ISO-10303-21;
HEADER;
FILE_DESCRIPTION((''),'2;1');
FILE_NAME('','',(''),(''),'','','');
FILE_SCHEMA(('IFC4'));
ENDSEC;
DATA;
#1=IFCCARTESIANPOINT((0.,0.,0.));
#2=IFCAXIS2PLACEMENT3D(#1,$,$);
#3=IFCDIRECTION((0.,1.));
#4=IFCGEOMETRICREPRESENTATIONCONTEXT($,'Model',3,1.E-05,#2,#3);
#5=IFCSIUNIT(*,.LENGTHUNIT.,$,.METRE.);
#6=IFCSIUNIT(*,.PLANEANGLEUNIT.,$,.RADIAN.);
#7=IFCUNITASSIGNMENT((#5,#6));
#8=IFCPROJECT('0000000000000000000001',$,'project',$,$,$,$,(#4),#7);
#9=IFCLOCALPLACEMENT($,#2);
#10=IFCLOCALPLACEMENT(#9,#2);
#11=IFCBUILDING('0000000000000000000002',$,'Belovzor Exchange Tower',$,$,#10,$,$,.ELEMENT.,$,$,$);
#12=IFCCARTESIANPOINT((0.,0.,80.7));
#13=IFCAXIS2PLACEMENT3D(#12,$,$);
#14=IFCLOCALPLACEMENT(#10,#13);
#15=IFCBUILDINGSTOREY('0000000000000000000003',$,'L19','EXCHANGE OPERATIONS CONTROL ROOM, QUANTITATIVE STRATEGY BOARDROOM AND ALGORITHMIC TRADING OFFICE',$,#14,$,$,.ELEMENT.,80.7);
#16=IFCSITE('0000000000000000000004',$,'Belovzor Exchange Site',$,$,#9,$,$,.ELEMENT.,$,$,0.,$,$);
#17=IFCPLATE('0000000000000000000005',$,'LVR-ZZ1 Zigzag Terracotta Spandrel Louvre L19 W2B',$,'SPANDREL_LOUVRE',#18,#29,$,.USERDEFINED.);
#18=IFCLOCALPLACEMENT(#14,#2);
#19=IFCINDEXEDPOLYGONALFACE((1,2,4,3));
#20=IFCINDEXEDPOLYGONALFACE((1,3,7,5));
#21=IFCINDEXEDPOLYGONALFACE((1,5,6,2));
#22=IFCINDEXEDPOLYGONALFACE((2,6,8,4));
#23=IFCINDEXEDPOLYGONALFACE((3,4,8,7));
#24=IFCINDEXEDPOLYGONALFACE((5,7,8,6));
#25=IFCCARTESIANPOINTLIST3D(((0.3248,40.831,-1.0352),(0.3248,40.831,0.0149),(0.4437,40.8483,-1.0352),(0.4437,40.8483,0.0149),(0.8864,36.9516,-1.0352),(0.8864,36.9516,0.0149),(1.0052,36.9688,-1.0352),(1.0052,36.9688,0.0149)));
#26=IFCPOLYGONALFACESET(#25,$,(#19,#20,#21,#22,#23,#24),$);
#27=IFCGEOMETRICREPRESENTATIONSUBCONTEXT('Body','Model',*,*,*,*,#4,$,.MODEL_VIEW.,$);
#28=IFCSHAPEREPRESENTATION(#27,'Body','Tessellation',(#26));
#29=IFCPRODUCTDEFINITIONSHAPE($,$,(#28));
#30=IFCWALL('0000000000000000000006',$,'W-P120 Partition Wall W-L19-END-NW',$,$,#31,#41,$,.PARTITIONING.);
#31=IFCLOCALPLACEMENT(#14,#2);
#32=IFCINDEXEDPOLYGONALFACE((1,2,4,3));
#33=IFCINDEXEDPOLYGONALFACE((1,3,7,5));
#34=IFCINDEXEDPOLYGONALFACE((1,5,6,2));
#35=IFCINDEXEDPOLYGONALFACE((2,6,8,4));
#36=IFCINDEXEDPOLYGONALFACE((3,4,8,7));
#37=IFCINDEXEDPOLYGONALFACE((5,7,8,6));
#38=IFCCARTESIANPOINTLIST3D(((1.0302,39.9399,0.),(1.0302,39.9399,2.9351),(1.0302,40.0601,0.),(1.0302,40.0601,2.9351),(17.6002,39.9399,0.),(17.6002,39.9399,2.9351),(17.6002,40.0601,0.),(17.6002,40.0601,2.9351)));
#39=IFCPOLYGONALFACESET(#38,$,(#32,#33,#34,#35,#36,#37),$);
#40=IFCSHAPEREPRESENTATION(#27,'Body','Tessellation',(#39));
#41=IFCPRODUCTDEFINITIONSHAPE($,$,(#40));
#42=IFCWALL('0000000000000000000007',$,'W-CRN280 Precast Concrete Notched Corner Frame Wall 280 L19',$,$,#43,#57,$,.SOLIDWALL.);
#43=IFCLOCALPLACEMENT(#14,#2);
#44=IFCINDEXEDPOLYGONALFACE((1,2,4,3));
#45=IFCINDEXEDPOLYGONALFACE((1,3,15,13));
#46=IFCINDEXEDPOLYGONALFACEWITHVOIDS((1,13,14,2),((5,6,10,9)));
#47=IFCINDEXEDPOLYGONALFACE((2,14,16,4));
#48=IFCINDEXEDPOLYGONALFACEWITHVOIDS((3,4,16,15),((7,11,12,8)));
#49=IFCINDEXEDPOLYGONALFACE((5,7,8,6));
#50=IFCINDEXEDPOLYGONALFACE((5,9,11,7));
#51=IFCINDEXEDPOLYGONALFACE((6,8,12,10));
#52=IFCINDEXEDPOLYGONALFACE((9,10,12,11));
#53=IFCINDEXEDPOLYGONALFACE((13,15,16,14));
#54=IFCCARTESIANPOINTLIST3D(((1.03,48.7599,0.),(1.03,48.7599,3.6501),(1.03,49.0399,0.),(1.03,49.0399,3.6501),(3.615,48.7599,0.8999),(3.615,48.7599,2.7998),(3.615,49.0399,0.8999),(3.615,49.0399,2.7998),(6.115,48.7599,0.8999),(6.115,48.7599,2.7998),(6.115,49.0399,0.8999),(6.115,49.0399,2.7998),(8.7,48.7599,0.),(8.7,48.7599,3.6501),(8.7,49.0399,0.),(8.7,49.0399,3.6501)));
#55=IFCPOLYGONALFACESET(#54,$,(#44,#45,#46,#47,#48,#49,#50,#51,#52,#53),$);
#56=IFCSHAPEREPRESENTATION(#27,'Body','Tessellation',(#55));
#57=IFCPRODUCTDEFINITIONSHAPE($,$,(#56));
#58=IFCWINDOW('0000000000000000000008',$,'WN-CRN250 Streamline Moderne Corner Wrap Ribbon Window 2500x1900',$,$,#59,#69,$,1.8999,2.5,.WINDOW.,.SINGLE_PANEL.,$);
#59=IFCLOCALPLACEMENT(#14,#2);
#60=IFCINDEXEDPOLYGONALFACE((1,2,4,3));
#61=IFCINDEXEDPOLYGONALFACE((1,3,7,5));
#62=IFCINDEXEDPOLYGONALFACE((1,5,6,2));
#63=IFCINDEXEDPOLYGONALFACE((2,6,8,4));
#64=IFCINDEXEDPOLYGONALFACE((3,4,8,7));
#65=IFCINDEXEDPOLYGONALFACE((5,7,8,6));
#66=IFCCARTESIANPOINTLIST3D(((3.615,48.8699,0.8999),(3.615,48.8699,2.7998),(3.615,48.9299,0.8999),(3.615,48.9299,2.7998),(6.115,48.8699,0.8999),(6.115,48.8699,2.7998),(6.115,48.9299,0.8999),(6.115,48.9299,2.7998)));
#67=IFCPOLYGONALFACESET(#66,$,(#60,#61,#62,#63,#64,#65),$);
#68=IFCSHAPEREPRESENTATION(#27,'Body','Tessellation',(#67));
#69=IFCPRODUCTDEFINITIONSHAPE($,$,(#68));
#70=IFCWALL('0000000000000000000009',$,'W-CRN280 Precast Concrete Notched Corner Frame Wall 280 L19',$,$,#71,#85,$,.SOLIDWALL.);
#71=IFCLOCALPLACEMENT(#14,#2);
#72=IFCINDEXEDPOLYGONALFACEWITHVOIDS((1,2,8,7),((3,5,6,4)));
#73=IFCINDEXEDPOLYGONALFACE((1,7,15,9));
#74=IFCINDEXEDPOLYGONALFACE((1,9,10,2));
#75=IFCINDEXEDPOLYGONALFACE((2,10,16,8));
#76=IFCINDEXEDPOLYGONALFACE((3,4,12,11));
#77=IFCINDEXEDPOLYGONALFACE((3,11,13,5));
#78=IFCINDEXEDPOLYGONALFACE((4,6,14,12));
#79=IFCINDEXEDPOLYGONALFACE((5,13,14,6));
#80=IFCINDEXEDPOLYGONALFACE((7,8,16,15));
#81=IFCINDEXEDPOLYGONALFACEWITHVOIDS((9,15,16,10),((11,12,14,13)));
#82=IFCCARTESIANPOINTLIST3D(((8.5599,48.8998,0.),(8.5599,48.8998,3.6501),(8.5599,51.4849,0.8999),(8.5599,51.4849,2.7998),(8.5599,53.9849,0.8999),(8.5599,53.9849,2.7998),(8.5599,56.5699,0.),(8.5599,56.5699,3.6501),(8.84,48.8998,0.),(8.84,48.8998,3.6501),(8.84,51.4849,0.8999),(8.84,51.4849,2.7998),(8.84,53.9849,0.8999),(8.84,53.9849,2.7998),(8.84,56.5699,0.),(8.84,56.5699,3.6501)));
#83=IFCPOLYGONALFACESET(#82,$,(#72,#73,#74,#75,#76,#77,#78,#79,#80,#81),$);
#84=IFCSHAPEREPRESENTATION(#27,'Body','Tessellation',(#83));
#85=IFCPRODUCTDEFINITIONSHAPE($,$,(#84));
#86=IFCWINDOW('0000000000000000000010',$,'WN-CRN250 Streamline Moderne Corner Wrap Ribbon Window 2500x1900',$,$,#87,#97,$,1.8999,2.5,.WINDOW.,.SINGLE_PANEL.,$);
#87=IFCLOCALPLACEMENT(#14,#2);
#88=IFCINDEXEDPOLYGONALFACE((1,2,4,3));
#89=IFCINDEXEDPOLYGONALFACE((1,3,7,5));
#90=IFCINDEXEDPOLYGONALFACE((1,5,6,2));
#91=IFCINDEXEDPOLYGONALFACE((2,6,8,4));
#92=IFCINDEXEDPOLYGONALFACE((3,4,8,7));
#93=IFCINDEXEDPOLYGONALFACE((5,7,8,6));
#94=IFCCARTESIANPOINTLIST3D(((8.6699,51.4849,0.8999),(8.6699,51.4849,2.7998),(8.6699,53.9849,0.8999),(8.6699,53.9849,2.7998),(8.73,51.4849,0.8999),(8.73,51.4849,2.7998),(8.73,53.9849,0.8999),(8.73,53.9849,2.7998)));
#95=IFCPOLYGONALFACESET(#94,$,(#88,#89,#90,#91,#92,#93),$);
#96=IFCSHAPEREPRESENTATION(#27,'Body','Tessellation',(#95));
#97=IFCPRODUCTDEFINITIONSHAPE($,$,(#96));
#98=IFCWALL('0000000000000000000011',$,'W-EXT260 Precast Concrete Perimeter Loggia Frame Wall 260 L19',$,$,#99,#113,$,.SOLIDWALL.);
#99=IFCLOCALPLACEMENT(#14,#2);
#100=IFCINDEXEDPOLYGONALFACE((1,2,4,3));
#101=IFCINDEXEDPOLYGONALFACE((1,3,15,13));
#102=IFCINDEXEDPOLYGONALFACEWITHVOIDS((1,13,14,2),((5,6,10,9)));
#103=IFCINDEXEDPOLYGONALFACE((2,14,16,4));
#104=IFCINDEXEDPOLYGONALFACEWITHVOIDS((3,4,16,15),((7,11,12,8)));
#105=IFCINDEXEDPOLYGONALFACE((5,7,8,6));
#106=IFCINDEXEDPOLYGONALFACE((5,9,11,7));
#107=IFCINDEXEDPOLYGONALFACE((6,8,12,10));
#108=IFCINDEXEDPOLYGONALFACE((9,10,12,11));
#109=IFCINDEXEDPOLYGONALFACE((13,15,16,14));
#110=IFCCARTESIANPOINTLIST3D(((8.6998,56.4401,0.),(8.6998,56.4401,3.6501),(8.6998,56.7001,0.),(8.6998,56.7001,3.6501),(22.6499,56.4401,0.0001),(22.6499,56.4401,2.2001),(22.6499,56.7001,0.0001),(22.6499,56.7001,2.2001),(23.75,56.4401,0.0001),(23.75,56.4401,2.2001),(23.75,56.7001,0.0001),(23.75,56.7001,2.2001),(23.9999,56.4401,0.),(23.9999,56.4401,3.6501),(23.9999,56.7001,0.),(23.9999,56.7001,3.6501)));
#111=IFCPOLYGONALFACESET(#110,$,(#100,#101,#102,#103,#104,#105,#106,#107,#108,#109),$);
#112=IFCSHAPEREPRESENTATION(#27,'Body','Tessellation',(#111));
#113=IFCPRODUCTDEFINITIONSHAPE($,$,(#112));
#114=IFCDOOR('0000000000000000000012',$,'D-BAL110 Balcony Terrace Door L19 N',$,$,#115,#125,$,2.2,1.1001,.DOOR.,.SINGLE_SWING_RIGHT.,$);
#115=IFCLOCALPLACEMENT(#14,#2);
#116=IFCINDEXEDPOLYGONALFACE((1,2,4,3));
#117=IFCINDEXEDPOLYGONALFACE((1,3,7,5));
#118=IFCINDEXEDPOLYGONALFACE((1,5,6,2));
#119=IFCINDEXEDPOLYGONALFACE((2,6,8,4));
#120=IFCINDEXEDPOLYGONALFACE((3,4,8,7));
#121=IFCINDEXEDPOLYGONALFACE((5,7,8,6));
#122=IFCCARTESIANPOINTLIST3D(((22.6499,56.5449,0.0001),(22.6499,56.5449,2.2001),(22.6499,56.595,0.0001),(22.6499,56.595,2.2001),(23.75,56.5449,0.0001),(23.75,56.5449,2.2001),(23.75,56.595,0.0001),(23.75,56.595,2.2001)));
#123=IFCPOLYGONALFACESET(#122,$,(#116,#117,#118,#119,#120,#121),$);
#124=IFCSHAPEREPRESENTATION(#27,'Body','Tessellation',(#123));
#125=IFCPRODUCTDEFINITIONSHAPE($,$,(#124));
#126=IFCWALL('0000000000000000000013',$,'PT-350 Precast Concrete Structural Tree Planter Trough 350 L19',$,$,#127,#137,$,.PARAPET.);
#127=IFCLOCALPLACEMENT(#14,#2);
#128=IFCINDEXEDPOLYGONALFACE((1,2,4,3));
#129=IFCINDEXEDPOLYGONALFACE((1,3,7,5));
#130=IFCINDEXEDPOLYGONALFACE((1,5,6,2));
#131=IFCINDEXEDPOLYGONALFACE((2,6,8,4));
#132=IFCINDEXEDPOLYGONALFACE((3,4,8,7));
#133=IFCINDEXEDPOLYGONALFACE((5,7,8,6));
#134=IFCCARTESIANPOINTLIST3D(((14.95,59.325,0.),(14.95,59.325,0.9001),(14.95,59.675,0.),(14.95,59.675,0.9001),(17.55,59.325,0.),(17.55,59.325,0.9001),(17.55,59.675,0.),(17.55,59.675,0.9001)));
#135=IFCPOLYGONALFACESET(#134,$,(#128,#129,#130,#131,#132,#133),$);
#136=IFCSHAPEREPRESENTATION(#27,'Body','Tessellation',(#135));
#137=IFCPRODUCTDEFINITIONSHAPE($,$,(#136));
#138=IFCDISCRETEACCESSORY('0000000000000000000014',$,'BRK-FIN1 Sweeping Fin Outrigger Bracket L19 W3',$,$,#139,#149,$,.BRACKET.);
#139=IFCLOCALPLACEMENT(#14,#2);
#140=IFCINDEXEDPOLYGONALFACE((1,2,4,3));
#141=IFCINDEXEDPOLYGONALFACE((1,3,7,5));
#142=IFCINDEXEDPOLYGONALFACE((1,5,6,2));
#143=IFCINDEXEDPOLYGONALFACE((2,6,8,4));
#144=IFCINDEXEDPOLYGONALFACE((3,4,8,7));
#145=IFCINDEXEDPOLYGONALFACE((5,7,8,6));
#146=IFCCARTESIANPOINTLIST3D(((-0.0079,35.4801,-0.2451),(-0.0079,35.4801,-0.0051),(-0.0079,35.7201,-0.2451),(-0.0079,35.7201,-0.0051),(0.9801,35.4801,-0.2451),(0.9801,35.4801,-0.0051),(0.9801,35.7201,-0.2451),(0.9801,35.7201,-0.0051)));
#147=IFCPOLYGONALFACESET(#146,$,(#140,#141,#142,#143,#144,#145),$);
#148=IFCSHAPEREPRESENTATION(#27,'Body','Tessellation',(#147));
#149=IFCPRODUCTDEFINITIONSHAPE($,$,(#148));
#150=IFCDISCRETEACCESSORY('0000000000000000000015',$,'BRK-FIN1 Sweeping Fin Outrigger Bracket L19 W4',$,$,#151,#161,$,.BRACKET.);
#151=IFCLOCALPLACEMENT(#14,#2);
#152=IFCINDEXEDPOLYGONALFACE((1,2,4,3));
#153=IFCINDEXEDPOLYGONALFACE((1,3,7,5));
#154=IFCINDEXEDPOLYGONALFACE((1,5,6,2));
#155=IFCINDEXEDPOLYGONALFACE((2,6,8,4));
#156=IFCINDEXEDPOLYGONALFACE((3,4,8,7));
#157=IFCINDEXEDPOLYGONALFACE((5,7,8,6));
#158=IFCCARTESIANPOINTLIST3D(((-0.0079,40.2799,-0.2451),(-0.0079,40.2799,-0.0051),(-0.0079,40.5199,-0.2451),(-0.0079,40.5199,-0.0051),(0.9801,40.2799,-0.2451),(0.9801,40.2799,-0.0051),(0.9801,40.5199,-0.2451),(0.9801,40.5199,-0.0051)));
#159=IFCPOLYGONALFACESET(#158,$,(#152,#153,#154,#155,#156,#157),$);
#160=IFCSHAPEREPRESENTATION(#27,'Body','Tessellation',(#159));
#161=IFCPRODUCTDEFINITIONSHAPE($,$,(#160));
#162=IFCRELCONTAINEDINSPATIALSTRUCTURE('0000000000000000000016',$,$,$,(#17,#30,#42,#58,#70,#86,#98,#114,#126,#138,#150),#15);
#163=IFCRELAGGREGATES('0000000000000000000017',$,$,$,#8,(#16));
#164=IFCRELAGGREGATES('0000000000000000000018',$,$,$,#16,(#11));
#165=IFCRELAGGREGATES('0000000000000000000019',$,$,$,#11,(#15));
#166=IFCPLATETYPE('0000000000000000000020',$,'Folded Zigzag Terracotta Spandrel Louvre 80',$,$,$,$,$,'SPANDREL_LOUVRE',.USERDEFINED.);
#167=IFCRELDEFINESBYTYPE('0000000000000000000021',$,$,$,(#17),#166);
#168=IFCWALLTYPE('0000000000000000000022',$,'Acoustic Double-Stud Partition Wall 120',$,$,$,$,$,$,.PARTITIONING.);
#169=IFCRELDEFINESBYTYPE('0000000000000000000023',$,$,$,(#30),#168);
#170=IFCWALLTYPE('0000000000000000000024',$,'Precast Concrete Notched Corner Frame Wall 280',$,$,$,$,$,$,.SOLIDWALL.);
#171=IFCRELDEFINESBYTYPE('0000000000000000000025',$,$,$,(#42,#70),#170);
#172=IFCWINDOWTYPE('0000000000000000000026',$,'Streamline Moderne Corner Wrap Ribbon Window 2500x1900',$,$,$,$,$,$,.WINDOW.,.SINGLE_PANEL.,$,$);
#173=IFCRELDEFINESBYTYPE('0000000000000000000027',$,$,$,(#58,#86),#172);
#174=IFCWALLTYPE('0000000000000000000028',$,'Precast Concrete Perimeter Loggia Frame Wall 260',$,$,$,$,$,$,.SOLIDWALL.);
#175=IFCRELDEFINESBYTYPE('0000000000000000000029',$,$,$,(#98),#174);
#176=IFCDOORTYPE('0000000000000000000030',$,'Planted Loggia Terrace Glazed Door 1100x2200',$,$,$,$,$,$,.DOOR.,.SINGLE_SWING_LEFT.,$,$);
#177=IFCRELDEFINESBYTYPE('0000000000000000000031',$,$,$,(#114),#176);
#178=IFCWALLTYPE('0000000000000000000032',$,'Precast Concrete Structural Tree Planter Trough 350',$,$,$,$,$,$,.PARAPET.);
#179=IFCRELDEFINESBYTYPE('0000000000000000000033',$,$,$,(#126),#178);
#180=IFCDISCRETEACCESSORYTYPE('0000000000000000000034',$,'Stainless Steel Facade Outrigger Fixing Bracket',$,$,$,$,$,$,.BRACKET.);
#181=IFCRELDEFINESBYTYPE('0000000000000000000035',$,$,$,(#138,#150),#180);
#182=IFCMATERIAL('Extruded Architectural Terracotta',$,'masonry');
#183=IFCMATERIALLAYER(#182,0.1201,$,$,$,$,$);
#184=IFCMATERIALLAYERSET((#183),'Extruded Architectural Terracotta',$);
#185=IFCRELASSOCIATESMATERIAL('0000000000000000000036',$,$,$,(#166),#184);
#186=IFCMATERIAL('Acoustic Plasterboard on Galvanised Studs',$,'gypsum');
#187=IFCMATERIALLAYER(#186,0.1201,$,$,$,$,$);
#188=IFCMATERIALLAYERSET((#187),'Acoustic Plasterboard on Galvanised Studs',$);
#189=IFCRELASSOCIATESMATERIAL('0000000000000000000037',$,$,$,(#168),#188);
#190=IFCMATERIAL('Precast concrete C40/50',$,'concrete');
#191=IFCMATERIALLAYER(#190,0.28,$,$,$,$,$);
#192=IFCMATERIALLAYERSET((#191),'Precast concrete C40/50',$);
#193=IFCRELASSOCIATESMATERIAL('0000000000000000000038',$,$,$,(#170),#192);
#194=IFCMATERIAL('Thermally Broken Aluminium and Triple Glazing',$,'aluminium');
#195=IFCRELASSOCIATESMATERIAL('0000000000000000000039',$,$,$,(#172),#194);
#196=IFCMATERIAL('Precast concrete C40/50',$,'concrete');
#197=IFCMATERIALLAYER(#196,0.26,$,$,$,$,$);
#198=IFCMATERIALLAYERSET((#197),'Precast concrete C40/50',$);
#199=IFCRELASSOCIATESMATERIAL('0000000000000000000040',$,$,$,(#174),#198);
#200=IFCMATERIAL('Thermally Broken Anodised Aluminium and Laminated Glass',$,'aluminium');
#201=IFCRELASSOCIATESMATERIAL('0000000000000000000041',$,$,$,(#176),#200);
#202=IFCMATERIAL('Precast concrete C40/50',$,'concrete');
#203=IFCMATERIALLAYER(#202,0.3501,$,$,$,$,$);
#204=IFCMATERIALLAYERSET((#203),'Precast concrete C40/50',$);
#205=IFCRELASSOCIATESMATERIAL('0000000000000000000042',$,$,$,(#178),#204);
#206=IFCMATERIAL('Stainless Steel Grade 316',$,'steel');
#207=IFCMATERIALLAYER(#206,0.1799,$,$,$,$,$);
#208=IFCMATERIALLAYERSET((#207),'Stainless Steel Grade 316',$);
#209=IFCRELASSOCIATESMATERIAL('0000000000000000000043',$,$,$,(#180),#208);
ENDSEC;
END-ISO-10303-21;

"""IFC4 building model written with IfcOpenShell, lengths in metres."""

from ifc_helpers import new_model, si_unit, direction, frame, frame_2d, origin, origin_2d, place, context, subcontext, project, spatial, rectangle, extrude, material, layer, layer_set, type_object, element, fill, save


model = new_model("IFC4")

# Units and contexts
model_context = context("Model", 3, precision=1e-05, world=origin(), true_north=direction((0.0, 1.0)))
body_context = subcontext(model_context, "Body", "Model", "MODEL_VIEW")
ifc_project = project(units=[si_unit("LENGTHUNIT", "METRE"), si_unit("PLANEANGLEUNIT", "RADIAN")], contexts=[model_context])

# Site, building, storey
site_placement = place(None, origin())
site = spatial("IfcSite", under=ifc_project, at=site_placement, Name="Belovzor Exchange Site", CompositionType="ELEMENT", RefElevation=0.0)
building_placement = place(site_placement, origin())
building = spatial("IfcBuilding", under=site, at=building_placement, Name="Belovzor Exchange Tower", CompositionType="ELEMENT")
storey_placement = place(building_placement, frame((0.0, 0.0, 80.7)))
storey = spatial("IfcBuildingStorey", under=building, at=storey_placement, Name="L19", Description="EXCHANGE OPERATIONS CONTROL ROOM, QUANTITATIVE STRATEGY BOARDROOM AND ALGORITHMIC TRADING OFFICE", CompositionType="ELEMENT", Elevation=80.7)

# Plate
ifc_material_1 = material(Name="Extruded Architectural Terracotta", Category="masonry")
ifc_layer_1 = layer(ifc_material_1, 0.1201)
ifc_layer_set_1 = layer_set([ifc_layer_1], Name="Extruded Architectural Terracotta")
plate_type = type_object("IfcPlateType", Name="Folded Zigzag Terracotta Spandrel Louvre 80", ElementType="SPANDREL_LOUVRE", PredefinedType="USERDEFINED", material=ifc_layer_set_1)
for number, where, z_axis, x_axis, name in (
    (1, (0.665, 38.8999, -1.0352), (0.0, 0.0, 1.0), (-0.143251, 0.989686, 0.0), "LVR-ZZ1 Zigzag Terracotta Spandrel Louvre L19 W2B"),
):
    element("IfcPlate", number, at=place(storey_placement, frame(where, z_axis=z_axis, x_axis=x_axis)), inside=storey, type_object=plate_type, Name=name, ObjectType="SPANDREL_LOUVRE", PredefinedType="USERDEFINED", context=body_context, shape_type="SweptSolid", body=[
        extrude(rectangle(XDim=3.9199, YDim=0.1201, at=origin_2d()), origin(), (0.0, 0.0, 1.0), 1.05),
    ])

# Wall
ifc_material_2 = material(Name="Acoustic Plasterboard on Galvanised Studs", Category="gypsum")
ifc_layer_2 = layer(ifc_material_2, 0.1201)
ifc_layer_set_2 = layer_set([ifc_layer_2], Name="Acoustic Plasterboard on Galvanised Studs")
wall_type_1 = type_object("IfcWallType", Name="Acoustic Double-Stud Partition Wall 120", PredefinedType="PARTITIONING", material=ifc_layer_set_2)
wall_1_placement = place(storey_placement, frame((1.03, 40.0, 0.0), z_axis=(0.0, 0.0, 1.0), x_axis=(1.0, 0.0, 0.0)))
element("IfcWall", 2, at=wall_1_placement, inside=storey, type_object=wall_type_1, Name="W-P120 Partition Wall W-L19-END-NW", PredefinedType="PARTITIONING", context=body_context, shape_type="SweptSolid", body=[
    extrude(rectangle(XDim=16.5701, YDim=0.1201, at=frame_2d((8.2852, 0.0))), origin(), (0.0, 0.0, 1.0), 2.9351),
])

# Walls, openings, windows
ifc_material_3 = material(Name="Precast concrete C40/50", Category="concrete")
ifc_layer_3 = layer(ifc_material_3, 0.28)
ifc_layer_set_3 = layer_set([ifc_layer_3], Name="Precast concrete C40/50")
wall_type_2 = type_object("IfcWallType", Name="Precast Concrete Notched Corner Frame Wall 280", PredefinedType="SOLIDWALL", material=ifc_layer_set_3)
wall_2_placement = place(storey_placement, frame((1.03, 48.8999, 0.0), z_axis=(0.0, 0.0, 1.0), x_axis=(1.0, 0.0, 0.0)))
wall_2 = element("IfcWall", 3, at=wall_2_placement, inside=storey, type_object=wall_type_2, Name="W-CRN280 Precast Concrete Notched Corner Frame Wall 280 L19", PredefinedType="SOLIDWALL", context=body_context, shape_type="SweptSolid", body=[
    extrude(rectangle(XDim=7.6699, YDim=0.28, at=frame_2d((3.835, 0.0))), origin(), (0.0, 0.0, 1.0), 3.6501),
])
opening_1_placement = place(wall_2_placement, frame((2.585, 0.0, 0.8999)))
opening_1 = element("IfcOpeningElement", 4, at=opening_1_placement, cuts=wall_2, PredefinedType="OPENING", context=body_context, shape_type="SweptSolid", body=[
    extrude(rectangle(XDim=2.5, YDim=1.8999, at=frame_2d((1.25, 0.95))), frame((0.0, 0.1499, 0.0), z_axis=(0.0, -1.0, 0.0), x_axis=(1.0, 0.0, 0.0)), (0.0, 0.0, 1.0), 0.3),
])
ifc_material_4 = material(Name="Thermally Broken Aluminium and Triple Glazing", Category="aluminium")
window_type = type_object("IfcWindowType", Name="Streamline Moderne Corner Wrap Ribbon Window 2500x1900", PartitioningType="SINGLE_PANEL", PredefinedType="WINDOW", material=ifc_material_4)
window_1_placement = place(opening_1_placement, origin())
window_1 = element("IfcWindow", 5, at=window_1_placement, inside=storey, type_object=window_type, Name="WN-CRN250 Streamline Moderne Corner Wrap Ribbon Window 2500x1900", OverallHeight=1.8999, OverallWidth=2.5, PartitioningType="SINGLE_PANEL", PredefinedType="WINDOW", context=body_context, shape_type="SweptSolid", body=[
    extrude(rectangle(XDim=2.5, YDim=1.8999, at=frame_2d((1.25, 0.95))), frame((0.0, 0.03, 0.0), z_axis=(0.0, -1.0, 0.0), x_axis=(1.0, 0.0, 0.0)), (0.0, 0.0, 1.0), 0.0601),
])
fill(opening_1, window_1)
wall_3_placement = place(storey_placement, frame((8.7, 48.8999, 0.0), z_axis=(0.0, 0.0, 1.0), x_axis=(0.0, 1.0, 0.0)))
wall_3 = element("IfcWall", 6, at=wall_3_placement, inside=storey, type_object=wall_type_2, Name="W-CRN280 Precast Concrete Notched Corner Frame Wall 280 L19", PredefinedType="SOLIDWALL", context=body_context, shape_type="SweptSolid", body=[
    extrude(rectangle(XDim=7.6702, YDim=0.28, at=frame_2d((3.835, 0.0))), origin(), (0.0, 0.0, 1.0), 3.6501),
])
opening_2_placement = place(wall_3_placement, frame((2.585, 0.0, 0.8999)))
opening_2 = element("IfcOpeningElement", 7, at=opening_2_placement, cuts=wall_3, PredefinedType="OPENING", context=body_context, shape_type="SweptSolid", body=[
    extrude(rectangle(XDim=2.5, YDim=1.8999, at=frame_2d((1.25, 0.95))), frame((0.0, 0.1499, 0.0), z_axis=(0.0, -1.0, 0.0), x_axis=(1.0, 0.0, 0.0)), (0.0, 0.0, 1.0), 0.3),
])
window_2_placement = place(opening_2_placement, origin())
window_2 = element("IfcWindow", 8, at=window_2_placement, inside=storey, type_object=window_type, Name="WN-CRN250 Streamline Moderne Corner Wrap Ribbon Window 2500x1900", OverallHeight=1.8999, OverallWidth=2.5, PartitioningType="SINGLE_PANEL", PredefinedType="WINDOW", context=body_context, shape_type="SweptSolid", body=[
    extrude(rectangle(XDim=2.5, YDim=1.8999, at=frame_2d((1.25, 0.95))), frame((0.0, 0.03, 0.0), z_axis=(0.0, -1.0, 0.0), x_axis=(1.0, 0.0, 0.0)), (0.0, 0.0, 1.0), 0.0601),
])
fill(opening_2, window_2)

# Wall, opening, door
ifc_material_5 = material(Name="Precast concrete C40/50", Category="concrete")
ifc_layer_4 = layer(ifc_material_5, 0.26)
ifc_layer_set_4 = layer_set([ifc_layer_4], Name="Precast concrete C40/50")
wall_type_3 = type_object("IfcWallType", Name="Precast Concrete Perimeter Loggia Frame Wall 260", PredefinedType="SOLIDWALL", material=ifc_layer_set_4)
wall_4_placement = place(storey_placement, frame((8.7, 56.5701, 0.0), z_axis=(0.0, 0.0, 1.0), x_axis=(1.0, 0.0, 0.0)))
wall_4 = element("IfcWall", 9, at=wall_4_placement, inside=storey, type_object=wall_type_3, Name="W-EXT260 Precast Concrete Perimeter Loggia Frame Wall 260 L19", PredefinedType="SOLIDWALL", context=body_context, shape_type="SweptSolid", body=[
    extrude(rectangle(XDim=15.3, YDim=0.26, at=frame_2d((7.6499, 0.0))), origin(), (0.0, 0.0, 1.0), 3.6501),
])
opening_3_placement = place(wall_4_placement, frame((13.95, 0.0, 0.0)))
opening_3 = element("IfcOpeningElement", 10, at=opening_3_placement, cuts=wall_4, PredefinedType="OPENING", context=body_context, shape_type="SweptSolid", body=[
    extrude(rectangle(XDim=1.1001, YDim=2.2, at=frame_2d((0.55, 1.1001))), frame((0.0, 0.1399, 0.0), z_axis=(0.0, -1.0, 0.0), x_axis=(1.0, 0.0, 0.0)), (0.0, 0.0, 1.0), 0.28),
])
ifc_material_6 = material(Name="Thermally Broken Anodised Aluminium and Laminated Glass", Category="aluminium")
door_type = type_object("IfcDoorType", Name="Planted Loggia Terrace Glazed Door 1100x2200", OperationType="SINGLE_SWING_LEFT", PredefinedType="DOOR", material=ifc_material_6)
door_placement = place(opening_3_placement, origin())
door = element("IfcDoor", 11, at=door_placement, inside=storey, type_object=door_type, Name="D-BAL110 Balcony Terrace Door L19 N", OperationType="SINGLE_SWING_RIGHT", OverallHeight=2.2, OverallWidth=1.1001, PredefinedType="DOOR", context=body_context, shape_type="SweptSolid", body=[
    extrude(rectangle(XDim=1.1001, YDim=2.2, at=frame_2d((0.55, 1.1001))), frame((0.0, 0.0249, 0.0), z_axis=(0.0, -1.0, 0.0), x_axis=(1.0, 0.0, 0.0)), (0.0, 0.0, 1.0), 0.05),
])
fill(opening_3, door)

# Wall
ifc_material_7 = material(Name="Precast concrete C40/50", Category="concrete")
ifc_layer_5 = layer(ifc_material_7, 0.3501)
ifc_layer_set_5 = layer_set([ifc_layer_5], Name="Precast concrete C40/50")
wall_type_4 = type_object("IfcWallType", Name="Precast Concrete Structural Tree Planter Trough 350", PredefinedType="PARAPET", material=ifc_layer_set_5)
wall_5_placement = place(storey_placement, frame((14.95, 59.5, 0.0), z_axis=(0.0, 0.0, 1.0), x_axis=(1.0, 0.0, 0.0)))
element("IfcWall", 12, at=wall_5_placement, inside=storey, type_object=wall_type_4, Name="PT-350 Precast Concrete Structural Tree Planter Trough 350 L19", PredefinedType="PARAPET", context=body_context, shape_type="SweptSolid", body=[
    extrude(rectangle(XDim=2.6001, YDim=0.3501, at=frame_2d((1.3, 0.0))), origin(), (0.0, 0.0, 1.0), 0.9001),
])

# Discrete accessories
ifc_material_8 = material(Name="Stainless Steel Grade 316", Category="steel")
ifc_layer_6 = layer(ifc_material_8, 0.1799)
ifc_layer_set_6 = layer_set([ifc_layer_6], Name="Stainless Steel Grade 316")
discrete_accessory_type = type_object("IfcDiscreteAccessoryType", Name="Stainless Steel Facade Outrigger Fixing Bracket", PredefinedType="BRACKET", material=ifc_layer_set_6)
for number, where, z_axis, x_axis, name in (
    (13, (0.4861, 35.6001, -0.2451), (0.0, 0.0, 1.0), (1.0, 0.0, 0.0), "BRK-FIN1 Sweeping Fin Outrigger Bracket L19 W3"),
    (14, (0.4861, 40.3999, -0.2451), (0.0, 0.0, 1.0), (1.0, 0.0, 0.0), "BRK-FIN1 Sweeping Fin Outrigger Bracket L19 W4"),
):
    element("IfcDiscreteAccessory", number, at=place(storey_placement, frame(where, z_axis=z_axis, x_axis=x_axis)), inside=storey, type_object=discrete_accessory_type, Name=name, PredefinedType="BRACKET", context=body_context, shape_type="SweptSolid", body=[
        extrude(rectangle(XDim=0.988, YDim=0.24, at=origin_2d()), origin(), (0.0, 0.0, 1.0), 0.24),
    ])

save(model, "model.ifc")
